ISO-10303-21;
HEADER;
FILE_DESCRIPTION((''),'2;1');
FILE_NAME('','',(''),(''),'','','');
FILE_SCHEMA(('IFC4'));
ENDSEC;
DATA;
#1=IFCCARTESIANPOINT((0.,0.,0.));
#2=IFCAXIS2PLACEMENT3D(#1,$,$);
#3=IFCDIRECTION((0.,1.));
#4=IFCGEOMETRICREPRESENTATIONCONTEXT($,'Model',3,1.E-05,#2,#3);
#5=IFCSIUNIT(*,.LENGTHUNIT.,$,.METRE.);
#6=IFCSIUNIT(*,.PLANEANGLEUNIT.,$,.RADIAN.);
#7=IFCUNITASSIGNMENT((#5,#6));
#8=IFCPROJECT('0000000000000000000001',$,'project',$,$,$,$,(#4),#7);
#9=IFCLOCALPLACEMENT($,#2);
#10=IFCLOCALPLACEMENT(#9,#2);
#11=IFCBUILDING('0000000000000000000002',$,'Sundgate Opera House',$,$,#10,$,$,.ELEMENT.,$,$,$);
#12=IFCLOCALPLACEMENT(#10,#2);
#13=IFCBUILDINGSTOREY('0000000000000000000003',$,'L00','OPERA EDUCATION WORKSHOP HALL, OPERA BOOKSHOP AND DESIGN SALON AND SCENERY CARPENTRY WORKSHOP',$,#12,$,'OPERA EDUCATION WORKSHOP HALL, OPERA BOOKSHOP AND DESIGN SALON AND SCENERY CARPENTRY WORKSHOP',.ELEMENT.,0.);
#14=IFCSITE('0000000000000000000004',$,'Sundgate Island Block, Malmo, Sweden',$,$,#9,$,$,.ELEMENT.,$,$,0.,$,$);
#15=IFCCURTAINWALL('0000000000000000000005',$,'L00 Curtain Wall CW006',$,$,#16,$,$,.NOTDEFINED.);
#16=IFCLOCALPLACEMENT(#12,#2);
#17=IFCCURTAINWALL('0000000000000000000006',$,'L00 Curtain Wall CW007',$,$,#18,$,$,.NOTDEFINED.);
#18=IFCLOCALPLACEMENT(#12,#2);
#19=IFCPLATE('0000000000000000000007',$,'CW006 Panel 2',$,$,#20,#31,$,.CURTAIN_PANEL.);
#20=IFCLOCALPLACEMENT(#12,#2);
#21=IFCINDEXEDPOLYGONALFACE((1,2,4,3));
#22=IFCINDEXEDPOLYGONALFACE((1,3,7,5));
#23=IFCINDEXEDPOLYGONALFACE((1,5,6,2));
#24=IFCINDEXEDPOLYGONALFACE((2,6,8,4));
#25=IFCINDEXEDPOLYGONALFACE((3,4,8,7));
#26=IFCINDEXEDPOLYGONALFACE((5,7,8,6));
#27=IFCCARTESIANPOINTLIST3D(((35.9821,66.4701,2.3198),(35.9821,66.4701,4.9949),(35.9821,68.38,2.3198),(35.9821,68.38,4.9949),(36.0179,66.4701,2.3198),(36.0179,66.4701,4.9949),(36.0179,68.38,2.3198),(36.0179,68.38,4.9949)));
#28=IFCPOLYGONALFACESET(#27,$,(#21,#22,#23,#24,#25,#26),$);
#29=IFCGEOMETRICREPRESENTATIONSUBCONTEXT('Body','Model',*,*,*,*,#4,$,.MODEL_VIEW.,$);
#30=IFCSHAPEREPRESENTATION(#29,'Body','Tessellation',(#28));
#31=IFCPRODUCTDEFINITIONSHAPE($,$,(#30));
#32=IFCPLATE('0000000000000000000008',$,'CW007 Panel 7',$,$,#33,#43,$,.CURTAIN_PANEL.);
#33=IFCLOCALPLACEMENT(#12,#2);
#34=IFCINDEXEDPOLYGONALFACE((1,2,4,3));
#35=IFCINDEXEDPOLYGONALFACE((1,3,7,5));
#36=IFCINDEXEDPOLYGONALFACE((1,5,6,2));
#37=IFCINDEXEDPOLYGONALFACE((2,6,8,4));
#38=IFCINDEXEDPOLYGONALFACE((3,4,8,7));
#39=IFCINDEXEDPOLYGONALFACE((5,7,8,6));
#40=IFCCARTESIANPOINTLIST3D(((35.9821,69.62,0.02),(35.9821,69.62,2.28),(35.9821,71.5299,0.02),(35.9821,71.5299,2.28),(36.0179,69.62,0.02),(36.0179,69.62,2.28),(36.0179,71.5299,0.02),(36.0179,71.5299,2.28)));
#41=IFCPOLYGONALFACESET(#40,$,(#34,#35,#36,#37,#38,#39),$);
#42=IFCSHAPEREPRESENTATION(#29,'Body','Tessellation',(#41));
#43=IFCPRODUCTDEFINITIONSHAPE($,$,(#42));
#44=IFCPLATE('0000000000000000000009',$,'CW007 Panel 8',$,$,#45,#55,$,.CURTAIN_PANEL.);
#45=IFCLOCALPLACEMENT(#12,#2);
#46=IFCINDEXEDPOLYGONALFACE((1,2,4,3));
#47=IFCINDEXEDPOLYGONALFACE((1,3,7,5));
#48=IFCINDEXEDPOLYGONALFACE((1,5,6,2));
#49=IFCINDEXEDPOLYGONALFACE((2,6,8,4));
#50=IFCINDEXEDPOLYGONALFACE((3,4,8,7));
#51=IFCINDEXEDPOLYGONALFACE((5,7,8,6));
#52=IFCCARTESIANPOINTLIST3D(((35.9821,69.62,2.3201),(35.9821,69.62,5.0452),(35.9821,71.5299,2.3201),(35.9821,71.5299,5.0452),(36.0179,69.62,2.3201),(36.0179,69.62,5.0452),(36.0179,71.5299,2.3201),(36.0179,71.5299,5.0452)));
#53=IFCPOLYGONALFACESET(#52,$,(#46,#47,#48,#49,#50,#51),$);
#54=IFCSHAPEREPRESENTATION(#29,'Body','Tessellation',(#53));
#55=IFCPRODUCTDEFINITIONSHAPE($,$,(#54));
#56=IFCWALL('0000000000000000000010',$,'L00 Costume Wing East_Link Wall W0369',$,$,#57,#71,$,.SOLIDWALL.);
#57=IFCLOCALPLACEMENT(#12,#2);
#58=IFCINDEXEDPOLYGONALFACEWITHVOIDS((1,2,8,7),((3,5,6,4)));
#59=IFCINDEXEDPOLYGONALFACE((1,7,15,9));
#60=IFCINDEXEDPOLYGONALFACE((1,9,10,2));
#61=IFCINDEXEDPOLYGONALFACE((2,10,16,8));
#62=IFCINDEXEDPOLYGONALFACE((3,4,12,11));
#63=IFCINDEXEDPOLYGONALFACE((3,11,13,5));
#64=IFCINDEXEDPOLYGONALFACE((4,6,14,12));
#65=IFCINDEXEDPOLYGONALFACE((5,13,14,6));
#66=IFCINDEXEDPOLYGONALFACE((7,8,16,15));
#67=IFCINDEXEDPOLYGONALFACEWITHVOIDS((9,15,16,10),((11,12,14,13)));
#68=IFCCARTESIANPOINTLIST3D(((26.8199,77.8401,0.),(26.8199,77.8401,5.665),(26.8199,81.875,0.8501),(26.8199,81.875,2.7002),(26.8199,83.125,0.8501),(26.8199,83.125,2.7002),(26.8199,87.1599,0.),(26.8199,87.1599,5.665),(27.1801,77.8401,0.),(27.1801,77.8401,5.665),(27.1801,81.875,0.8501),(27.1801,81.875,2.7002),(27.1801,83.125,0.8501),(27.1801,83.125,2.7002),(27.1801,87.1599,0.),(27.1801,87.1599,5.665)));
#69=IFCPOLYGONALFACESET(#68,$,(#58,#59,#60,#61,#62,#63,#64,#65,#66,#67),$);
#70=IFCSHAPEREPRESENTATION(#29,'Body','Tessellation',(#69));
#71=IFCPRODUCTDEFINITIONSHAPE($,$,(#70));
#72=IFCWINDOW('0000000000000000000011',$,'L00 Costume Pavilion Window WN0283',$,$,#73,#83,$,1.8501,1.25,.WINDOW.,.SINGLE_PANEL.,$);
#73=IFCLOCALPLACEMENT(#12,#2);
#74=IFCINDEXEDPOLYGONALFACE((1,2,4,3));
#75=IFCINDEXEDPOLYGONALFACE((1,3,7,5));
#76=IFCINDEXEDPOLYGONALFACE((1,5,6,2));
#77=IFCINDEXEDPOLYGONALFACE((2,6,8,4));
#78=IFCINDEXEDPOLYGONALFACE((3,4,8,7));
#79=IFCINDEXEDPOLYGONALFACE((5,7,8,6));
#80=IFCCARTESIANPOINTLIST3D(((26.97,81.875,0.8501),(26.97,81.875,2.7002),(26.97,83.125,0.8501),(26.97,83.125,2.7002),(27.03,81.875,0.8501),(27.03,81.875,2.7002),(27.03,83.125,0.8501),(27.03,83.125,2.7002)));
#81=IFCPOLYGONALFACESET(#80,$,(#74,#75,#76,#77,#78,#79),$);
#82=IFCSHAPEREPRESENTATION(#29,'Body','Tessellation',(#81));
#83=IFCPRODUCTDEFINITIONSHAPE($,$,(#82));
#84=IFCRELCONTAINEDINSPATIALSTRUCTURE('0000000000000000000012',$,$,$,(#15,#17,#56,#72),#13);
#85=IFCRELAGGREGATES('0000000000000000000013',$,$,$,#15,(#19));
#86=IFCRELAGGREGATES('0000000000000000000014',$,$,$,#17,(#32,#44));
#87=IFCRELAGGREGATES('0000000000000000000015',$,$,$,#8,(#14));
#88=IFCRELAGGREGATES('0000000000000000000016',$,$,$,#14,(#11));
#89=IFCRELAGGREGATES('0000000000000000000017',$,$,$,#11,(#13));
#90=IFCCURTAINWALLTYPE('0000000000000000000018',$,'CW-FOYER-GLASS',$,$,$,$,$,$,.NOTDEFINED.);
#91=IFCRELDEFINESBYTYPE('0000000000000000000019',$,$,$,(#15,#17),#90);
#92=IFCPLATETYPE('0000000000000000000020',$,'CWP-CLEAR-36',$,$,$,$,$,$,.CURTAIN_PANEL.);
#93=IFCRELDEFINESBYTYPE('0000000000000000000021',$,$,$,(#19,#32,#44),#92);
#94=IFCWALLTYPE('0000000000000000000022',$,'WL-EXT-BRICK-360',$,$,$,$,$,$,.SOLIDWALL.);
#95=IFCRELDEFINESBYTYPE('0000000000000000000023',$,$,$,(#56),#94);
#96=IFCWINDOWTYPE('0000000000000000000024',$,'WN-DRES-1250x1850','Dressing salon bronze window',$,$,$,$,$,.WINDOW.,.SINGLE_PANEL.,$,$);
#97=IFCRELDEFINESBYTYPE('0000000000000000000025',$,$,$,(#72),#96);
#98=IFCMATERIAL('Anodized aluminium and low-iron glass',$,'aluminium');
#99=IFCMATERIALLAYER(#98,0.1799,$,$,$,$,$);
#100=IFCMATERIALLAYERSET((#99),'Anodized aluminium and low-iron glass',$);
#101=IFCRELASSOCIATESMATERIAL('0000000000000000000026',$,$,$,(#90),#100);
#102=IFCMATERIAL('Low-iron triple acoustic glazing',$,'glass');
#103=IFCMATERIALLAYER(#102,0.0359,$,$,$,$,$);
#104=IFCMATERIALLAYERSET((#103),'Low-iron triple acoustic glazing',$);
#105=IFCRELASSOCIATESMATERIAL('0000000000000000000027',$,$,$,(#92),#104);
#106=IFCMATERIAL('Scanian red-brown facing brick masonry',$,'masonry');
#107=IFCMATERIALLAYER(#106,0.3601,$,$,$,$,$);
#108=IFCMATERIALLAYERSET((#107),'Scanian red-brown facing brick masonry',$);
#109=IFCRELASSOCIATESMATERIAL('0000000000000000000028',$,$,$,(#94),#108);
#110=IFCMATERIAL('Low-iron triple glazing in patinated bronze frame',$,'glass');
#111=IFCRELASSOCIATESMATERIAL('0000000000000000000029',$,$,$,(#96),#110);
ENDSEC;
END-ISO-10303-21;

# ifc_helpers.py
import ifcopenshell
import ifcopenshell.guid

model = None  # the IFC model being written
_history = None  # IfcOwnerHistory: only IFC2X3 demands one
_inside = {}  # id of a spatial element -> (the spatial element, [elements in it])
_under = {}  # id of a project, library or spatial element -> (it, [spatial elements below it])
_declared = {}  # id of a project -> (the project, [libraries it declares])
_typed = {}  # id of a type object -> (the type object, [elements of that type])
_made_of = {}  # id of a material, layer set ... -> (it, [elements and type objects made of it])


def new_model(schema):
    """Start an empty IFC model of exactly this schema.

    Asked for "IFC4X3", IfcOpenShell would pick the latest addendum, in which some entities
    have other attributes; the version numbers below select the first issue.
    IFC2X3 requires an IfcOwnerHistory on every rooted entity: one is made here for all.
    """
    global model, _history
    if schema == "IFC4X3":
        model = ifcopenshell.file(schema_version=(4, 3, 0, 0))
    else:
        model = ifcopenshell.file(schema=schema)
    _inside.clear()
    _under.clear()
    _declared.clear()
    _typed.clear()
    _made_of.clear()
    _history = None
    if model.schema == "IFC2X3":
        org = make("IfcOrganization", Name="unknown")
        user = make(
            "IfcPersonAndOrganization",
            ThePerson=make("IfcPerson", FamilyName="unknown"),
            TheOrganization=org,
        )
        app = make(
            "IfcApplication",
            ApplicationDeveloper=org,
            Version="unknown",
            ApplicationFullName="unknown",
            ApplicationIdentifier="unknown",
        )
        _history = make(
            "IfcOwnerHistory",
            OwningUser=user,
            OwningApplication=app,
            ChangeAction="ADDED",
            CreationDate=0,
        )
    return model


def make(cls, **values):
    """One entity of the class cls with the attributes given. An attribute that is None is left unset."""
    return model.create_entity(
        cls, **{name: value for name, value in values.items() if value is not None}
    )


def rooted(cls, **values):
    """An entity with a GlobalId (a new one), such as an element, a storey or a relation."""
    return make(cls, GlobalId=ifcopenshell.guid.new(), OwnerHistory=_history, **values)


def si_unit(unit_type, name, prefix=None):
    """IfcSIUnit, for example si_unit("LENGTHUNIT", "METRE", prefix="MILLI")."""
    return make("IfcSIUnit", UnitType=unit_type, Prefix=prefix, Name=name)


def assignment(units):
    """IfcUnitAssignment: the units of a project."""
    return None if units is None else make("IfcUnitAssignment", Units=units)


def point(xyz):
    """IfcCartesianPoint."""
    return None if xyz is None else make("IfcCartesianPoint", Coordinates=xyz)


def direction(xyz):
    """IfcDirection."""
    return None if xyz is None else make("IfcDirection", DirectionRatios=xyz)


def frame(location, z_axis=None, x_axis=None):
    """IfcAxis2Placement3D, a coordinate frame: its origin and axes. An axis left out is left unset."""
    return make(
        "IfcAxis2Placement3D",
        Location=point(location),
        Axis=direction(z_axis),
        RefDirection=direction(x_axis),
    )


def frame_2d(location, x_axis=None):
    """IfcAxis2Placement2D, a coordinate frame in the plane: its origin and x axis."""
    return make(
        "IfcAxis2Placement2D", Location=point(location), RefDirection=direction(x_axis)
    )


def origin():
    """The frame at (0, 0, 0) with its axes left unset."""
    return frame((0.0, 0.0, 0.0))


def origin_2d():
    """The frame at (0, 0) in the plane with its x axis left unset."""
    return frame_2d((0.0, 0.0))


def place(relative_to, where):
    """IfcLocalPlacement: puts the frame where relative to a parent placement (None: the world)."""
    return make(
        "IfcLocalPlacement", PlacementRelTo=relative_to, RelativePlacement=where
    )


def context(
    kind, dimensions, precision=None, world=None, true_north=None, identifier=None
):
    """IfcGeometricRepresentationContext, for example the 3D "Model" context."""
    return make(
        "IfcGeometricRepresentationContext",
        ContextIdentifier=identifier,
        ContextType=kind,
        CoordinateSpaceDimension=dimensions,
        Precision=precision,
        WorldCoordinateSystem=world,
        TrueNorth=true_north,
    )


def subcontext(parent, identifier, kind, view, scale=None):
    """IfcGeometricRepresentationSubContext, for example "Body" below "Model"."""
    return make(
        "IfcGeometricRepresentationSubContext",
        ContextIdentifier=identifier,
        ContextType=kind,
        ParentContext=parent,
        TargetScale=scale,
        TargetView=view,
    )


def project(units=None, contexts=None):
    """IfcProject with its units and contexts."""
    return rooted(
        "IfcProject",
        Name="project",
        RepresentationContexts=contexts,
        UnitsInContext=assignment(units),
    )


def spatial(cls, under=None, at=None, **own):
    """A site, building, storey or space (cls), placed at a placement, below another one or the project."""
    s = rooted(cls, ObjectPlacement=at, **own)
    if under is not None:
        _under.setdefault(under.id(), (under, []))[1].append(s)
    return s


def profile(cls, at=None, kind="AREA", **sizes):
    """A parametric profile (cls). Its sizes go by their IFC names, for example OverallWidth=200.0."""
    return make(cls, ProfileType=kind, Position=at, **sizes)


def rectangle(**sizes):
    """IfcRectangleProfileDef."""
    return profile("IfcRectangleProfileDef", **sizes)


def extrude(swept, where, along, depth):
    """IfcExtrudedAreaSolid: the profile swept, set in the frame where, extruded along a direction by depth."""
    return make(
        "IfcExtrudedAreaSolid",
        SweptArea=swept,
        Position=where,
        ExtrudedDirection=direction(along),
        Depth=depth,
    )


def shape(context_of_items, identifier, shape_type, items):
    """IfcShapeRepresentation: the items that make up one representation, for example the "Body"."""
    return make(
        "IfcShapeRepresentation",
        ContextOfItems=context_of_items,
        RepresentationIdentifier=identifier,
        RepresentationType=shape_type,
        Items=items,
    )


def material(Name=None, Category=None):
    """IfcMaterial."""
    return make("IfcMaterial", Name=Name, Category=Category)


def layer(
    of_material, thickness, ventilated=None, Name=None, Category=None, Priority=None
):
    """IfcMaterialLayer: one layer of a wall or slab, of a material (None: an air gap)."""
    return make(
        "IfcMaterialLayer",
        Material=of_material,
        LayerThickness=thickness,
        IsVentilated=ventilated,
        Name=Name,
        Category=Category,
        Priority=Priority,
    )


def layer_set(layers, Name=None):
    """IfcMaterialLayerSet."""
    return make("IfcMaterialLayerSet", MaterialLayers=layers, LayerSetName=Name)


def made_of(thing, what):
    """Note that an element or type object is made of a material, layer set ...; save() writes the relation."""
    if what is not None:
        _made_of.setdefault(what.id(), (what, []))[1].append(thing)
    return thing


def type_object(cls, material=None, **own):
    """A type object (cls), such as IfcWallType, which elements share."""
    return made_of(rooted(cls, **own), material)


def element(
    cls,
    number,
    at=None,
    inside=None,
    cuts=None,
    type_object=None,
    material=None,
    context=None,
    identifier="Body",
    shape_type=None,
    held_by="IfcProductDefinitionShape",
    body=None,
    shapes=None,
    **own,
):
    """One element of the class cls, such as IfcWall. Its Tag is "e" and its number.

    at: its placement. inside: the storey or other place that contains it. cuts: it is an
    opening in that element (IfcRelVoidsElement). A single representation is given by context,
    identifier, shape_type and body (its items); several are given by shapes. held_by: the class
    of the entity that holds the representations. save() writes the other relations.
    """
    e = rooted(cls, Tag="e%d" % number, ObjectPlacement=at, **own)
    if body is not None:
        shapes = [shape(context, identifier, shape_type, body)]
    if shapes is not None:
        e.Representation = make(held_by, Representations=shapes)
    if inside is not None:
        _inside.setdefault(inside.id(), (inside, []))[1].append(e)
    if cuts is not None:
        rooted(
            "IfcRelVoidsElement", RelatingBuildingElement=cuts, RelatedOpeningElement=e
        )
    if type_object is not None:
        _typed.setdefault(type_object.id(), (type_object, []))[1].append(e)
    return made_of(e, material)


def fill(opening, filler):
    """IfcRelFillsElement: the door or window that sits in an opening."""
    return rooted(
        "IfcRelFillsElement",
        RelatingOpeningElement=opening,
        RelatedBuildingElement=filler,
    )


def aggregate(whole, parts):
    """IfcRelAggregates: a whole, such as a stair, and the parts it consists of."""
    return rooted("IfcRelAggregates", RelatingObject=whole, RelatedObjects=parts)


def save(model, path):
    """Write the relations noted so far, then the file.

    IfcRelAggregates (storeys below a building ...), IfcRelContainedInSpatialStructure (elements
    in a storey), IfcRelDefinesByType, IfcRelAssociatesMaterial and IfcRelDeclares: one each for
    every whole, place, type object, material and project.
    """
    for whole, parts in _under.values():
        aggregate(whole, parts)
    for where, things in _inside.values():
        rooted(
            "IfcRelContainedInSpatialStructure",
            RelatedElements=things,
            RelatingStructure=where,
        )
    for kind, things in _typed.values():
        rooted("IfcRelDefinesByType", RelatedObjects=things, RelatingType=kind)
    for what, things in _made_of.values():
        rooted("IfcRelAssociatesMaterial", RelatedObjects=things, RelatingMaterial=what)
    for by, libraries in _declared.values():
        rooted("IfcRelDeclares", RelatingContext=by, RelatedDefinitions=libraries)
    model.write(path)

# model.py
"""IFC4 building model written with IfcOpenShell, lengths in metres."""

from ifc_helpers import new_model, si_unit, direction, frame, frame_2d, origin, origin_2d, place, context, subcontext, project, spatial, rectangle, extrude, material, layer, layer_set, type_object, element, fill, aggregate, save


model = new_model("IFC4")

# Units and contexts
model_context = context("Model", 3, precision=1e-05, world=origin(), true_north=direction((0.0, 1.0)))
body_context = subcontext(model_context, "Body", "Model", "MODEL_VIEW")
ifc_project = project(units=[si_unit("LENGTHUNIT", "METRE"), si_unit("PLANEANGLEUNIT", "RADIAN")], contexts=[model_context])

# Site, building, storey
site_placement = place(None, origin())
site = spatial("IfcSite", under=ifc_project, at=site_placement, Name="Sundgate Island Block, Malmo, Sweden", CompositionType="ELEMENT", RefElevation=0.0)
building_placement = place(site_placement, origin())
building = spatial("IfcBuilding", under=site, at=building_placement, Name="Sundgate Opera House", CompositionType="ELEMENT")
storey_placement = place(building_placement, origin())
storey = spatial("IfcBuildingStorey", under=building, at=storey_placement, Name="L00", Description="OPERA EDUCATION WORKSHOP HALL, OPERA BOOKSHOP AND DESIGN SALON AND SCENERY CARPENTRY WORKSHOP", LongName="OPERA EDUCATION WORKSHOP HALL, OPERA BOOKSHOP AND DESIGN SALON AND SCENERY CARPENTRY WORKSHOP", CompositionType="ELEMENT", Elevation=0.0)

# Curtain wall
ifc_material_1 = material(Name="Anodized aluminium and low-iron glass", Category="aluminium")
ifc_layer_1 = layer(ifc_material_1, 0.1799)
ifc_layer_set_1 = layer_set([ifc_layer_1], Name="Anodized aluminium and low-iron glass")
curtain_wall_type = type_object("IfcCurtainWallType", Name="CW-FOYER-GLASS", PredefinedType="NOTDEFINED", material=ifc_layer_set_1)
curtain_wall_1_placement = place(storey_placement, origin())
curtain_wall_1 = element("IfcCurtainWall", 1, at=curtain_wall_1_placement, inside=storey, type_object=curtain_wall_type, Name="L00 Curtain Wall CW006", PredefinedType="NOTDEFINED")

# Curtain wall
curtain_wall_2_placement = place(storey_placement, origin())
curtain_wall_2 = element("IfcCurtainWall", 2, at=curtain_wall_2_placement, inside=storey, type_object=curtain_wall_type, Name="L00 Curtain Wall CW007", PredefinedType="NOTDEFINED")

# Plates
ifc_material_2 = material(Name="Low-iron triple acoustic glazing", Category="glass")
ifc_layer_2 = layer(ifc_material_2, 0.0359)
ifc_layer_set_2 = layer_set([ifc_layer_2], Name="Low-iron triple acoustic glazing")
plate_type = type_object("IfcPlateType", Name="CWP-CLEAR-36", PredefinedType="CURTAIN_PANEL", material=ifc_layer_set_2)
plate_1_placement = place(storey_placement, frame((36.0, 67.425, 2.3198), z_axis=(0.0, 0.0, 1.0), x_axis=(0.0, -1.0, 0.0)))
plate_1 = element("IfcPlate", 3, at=plate_1_placement, type_object=plate_type, Name="CW006 Panel 2", PredefinedType="CURTAIN_PANEL", context=body_context, shape_type="SweptSolid", body=[
    extrude(rectangle(XDim=1.9099, YDim=0.0359, at=origin_2d()), origin(), (0.0, 0.0, 1.0), 2.675),
])
aggregate(curtain_wall_1, [plate_1])
plate_2_placement = place(storey_placement, frame((36.0, 70.575, 0.02), z_axis=(0.0, 0.0, 1.0), x_axis=(0.0, -1.0, 0.0)))
plate_2 = element("IfcPlate", 4, at=plate_2_placement, type_object=plate_type, Name="CW007 Panel 7", PredefinedType="CURTAIN_PANEL", context=body_context, shape_type="SweptSolid", body=[
    extrude(rectangle(XDim=1.9099, YDim=0.0359, at=origin_2d()), origin(), (0.0, 0.0, 1.0), 2.26),
])
plate_3_placement = place(storey_placement, frame((36.0, 70.575, 2.3201), z_axis=(0.0, 0.0, 1.0), x_axis=(0.0, -1.0, 0.0)))
plate_3 = element("IfcPlate", 5, at=plate_3_placement, type_object=plate_type, Name="CW007 Panel 8", PredefinedType="CURTAIN_PANEL", context=body_context, shape_type="SweptSolid", body=[
    extrude(rectangle(XDim=1.9099, YDim=0.0359, at=origin_2d()), origin(), (0.0, 0.0, 1.0), 2.7251),
])
aggregate(curtain_wall_2, [plate_2, plate_3])

# Wall, opening, window
ifc_material_3 = material(Name="Scanian red-brown facing brick masonry", Category="masonry")
ifc_layer_3 = layer(ifc_material_3, 0.3601)
ifc_layer_set_3 = layer_set([ifc_layer_3], Name="Scanian red-brown facing brick masonry")
wall_type = type_object("IfcWallType", Name="WL-EXT-BRICK-360", PredefinedType="SOLIDWALL", material=ifc_layer_set_3)
wall_placement = place(storey_placement, frame((27.0, 77.8401, 0.0), z_axis=(0.0, 0.0, 1.0), x_axis=(0.0, 1.0, 0.0)))
wall = element("IfcWall", 6, at=wall_placement, inside=storey, type_object=wall_type, Name="L00 Costume Wing East_Link Wall W0369", PredefinedType="SOLIDWALL", context=body_context, shape_type="SweptSolid", body=[
    extrude(rectangle(XDim=9.3198, YDim=0.3601, at=frame_2d((4.6599, 0.0))), origin(), (0.0, 0.0, 1.0), 5.665),
])
opening_placement = place(wall_placement, frame((4.0349, 0.0, 0.8501)))
opening = element("IfcOpeningElement", 7, at=opening_placement, cuts=wall, PredefinedType="OPENING", context=body_context, shape_type="SweptSolid", body=[
    extrude(rectangle(XDim=1.25, YDim=1.8501, at=frame_2d((0.625, 0.925))), frame((0.0, 0.1899, 0.0), z_axis=(0.0, -1.0, 0.0), x_axis=(1.0, 0.0, 0.0)), (0.0, 0.0, 1.0), 0.3801),
])
ifc_material_4 = material(Name="Low-iron triple glazing in patinated bronze frame", Category="glass")
window_type = type_object("IfcWindowType", Name="WN-DRES-1250x1850", Description="Dressing salon bronze window", PartitioningType="SINGLE_PANEL", PredefinedType="WINDOW", material=ifc_material_4)
window_placement = place(opening_placement, origin())
window = element("IfcWindow", 8, at=window_placement, inside=storey, type_object=window_type, Name="L00 Costume Pavilion Window WN0283", OverallHeight=1.8501, OverallWidth=1.25, PartitioningType="SINGLE_PANEL", PredefinedType="WINDOW", context=body_context, shape_type="SweptSolid", body=[
    extrude(rectangle(XDim=1.25, YDim=1.8501, at=frame_2d((0.625, 0.925))), frame((0.0, 0.03, 0.0), z_axis=(0.0, -1.0, 0.0), x_axis=(1.0, 0.0, 0.0)), (0.0, 0.0, 1.0), 0.0601),
])
fill(opening, window)

save(model, "model.ifc")
